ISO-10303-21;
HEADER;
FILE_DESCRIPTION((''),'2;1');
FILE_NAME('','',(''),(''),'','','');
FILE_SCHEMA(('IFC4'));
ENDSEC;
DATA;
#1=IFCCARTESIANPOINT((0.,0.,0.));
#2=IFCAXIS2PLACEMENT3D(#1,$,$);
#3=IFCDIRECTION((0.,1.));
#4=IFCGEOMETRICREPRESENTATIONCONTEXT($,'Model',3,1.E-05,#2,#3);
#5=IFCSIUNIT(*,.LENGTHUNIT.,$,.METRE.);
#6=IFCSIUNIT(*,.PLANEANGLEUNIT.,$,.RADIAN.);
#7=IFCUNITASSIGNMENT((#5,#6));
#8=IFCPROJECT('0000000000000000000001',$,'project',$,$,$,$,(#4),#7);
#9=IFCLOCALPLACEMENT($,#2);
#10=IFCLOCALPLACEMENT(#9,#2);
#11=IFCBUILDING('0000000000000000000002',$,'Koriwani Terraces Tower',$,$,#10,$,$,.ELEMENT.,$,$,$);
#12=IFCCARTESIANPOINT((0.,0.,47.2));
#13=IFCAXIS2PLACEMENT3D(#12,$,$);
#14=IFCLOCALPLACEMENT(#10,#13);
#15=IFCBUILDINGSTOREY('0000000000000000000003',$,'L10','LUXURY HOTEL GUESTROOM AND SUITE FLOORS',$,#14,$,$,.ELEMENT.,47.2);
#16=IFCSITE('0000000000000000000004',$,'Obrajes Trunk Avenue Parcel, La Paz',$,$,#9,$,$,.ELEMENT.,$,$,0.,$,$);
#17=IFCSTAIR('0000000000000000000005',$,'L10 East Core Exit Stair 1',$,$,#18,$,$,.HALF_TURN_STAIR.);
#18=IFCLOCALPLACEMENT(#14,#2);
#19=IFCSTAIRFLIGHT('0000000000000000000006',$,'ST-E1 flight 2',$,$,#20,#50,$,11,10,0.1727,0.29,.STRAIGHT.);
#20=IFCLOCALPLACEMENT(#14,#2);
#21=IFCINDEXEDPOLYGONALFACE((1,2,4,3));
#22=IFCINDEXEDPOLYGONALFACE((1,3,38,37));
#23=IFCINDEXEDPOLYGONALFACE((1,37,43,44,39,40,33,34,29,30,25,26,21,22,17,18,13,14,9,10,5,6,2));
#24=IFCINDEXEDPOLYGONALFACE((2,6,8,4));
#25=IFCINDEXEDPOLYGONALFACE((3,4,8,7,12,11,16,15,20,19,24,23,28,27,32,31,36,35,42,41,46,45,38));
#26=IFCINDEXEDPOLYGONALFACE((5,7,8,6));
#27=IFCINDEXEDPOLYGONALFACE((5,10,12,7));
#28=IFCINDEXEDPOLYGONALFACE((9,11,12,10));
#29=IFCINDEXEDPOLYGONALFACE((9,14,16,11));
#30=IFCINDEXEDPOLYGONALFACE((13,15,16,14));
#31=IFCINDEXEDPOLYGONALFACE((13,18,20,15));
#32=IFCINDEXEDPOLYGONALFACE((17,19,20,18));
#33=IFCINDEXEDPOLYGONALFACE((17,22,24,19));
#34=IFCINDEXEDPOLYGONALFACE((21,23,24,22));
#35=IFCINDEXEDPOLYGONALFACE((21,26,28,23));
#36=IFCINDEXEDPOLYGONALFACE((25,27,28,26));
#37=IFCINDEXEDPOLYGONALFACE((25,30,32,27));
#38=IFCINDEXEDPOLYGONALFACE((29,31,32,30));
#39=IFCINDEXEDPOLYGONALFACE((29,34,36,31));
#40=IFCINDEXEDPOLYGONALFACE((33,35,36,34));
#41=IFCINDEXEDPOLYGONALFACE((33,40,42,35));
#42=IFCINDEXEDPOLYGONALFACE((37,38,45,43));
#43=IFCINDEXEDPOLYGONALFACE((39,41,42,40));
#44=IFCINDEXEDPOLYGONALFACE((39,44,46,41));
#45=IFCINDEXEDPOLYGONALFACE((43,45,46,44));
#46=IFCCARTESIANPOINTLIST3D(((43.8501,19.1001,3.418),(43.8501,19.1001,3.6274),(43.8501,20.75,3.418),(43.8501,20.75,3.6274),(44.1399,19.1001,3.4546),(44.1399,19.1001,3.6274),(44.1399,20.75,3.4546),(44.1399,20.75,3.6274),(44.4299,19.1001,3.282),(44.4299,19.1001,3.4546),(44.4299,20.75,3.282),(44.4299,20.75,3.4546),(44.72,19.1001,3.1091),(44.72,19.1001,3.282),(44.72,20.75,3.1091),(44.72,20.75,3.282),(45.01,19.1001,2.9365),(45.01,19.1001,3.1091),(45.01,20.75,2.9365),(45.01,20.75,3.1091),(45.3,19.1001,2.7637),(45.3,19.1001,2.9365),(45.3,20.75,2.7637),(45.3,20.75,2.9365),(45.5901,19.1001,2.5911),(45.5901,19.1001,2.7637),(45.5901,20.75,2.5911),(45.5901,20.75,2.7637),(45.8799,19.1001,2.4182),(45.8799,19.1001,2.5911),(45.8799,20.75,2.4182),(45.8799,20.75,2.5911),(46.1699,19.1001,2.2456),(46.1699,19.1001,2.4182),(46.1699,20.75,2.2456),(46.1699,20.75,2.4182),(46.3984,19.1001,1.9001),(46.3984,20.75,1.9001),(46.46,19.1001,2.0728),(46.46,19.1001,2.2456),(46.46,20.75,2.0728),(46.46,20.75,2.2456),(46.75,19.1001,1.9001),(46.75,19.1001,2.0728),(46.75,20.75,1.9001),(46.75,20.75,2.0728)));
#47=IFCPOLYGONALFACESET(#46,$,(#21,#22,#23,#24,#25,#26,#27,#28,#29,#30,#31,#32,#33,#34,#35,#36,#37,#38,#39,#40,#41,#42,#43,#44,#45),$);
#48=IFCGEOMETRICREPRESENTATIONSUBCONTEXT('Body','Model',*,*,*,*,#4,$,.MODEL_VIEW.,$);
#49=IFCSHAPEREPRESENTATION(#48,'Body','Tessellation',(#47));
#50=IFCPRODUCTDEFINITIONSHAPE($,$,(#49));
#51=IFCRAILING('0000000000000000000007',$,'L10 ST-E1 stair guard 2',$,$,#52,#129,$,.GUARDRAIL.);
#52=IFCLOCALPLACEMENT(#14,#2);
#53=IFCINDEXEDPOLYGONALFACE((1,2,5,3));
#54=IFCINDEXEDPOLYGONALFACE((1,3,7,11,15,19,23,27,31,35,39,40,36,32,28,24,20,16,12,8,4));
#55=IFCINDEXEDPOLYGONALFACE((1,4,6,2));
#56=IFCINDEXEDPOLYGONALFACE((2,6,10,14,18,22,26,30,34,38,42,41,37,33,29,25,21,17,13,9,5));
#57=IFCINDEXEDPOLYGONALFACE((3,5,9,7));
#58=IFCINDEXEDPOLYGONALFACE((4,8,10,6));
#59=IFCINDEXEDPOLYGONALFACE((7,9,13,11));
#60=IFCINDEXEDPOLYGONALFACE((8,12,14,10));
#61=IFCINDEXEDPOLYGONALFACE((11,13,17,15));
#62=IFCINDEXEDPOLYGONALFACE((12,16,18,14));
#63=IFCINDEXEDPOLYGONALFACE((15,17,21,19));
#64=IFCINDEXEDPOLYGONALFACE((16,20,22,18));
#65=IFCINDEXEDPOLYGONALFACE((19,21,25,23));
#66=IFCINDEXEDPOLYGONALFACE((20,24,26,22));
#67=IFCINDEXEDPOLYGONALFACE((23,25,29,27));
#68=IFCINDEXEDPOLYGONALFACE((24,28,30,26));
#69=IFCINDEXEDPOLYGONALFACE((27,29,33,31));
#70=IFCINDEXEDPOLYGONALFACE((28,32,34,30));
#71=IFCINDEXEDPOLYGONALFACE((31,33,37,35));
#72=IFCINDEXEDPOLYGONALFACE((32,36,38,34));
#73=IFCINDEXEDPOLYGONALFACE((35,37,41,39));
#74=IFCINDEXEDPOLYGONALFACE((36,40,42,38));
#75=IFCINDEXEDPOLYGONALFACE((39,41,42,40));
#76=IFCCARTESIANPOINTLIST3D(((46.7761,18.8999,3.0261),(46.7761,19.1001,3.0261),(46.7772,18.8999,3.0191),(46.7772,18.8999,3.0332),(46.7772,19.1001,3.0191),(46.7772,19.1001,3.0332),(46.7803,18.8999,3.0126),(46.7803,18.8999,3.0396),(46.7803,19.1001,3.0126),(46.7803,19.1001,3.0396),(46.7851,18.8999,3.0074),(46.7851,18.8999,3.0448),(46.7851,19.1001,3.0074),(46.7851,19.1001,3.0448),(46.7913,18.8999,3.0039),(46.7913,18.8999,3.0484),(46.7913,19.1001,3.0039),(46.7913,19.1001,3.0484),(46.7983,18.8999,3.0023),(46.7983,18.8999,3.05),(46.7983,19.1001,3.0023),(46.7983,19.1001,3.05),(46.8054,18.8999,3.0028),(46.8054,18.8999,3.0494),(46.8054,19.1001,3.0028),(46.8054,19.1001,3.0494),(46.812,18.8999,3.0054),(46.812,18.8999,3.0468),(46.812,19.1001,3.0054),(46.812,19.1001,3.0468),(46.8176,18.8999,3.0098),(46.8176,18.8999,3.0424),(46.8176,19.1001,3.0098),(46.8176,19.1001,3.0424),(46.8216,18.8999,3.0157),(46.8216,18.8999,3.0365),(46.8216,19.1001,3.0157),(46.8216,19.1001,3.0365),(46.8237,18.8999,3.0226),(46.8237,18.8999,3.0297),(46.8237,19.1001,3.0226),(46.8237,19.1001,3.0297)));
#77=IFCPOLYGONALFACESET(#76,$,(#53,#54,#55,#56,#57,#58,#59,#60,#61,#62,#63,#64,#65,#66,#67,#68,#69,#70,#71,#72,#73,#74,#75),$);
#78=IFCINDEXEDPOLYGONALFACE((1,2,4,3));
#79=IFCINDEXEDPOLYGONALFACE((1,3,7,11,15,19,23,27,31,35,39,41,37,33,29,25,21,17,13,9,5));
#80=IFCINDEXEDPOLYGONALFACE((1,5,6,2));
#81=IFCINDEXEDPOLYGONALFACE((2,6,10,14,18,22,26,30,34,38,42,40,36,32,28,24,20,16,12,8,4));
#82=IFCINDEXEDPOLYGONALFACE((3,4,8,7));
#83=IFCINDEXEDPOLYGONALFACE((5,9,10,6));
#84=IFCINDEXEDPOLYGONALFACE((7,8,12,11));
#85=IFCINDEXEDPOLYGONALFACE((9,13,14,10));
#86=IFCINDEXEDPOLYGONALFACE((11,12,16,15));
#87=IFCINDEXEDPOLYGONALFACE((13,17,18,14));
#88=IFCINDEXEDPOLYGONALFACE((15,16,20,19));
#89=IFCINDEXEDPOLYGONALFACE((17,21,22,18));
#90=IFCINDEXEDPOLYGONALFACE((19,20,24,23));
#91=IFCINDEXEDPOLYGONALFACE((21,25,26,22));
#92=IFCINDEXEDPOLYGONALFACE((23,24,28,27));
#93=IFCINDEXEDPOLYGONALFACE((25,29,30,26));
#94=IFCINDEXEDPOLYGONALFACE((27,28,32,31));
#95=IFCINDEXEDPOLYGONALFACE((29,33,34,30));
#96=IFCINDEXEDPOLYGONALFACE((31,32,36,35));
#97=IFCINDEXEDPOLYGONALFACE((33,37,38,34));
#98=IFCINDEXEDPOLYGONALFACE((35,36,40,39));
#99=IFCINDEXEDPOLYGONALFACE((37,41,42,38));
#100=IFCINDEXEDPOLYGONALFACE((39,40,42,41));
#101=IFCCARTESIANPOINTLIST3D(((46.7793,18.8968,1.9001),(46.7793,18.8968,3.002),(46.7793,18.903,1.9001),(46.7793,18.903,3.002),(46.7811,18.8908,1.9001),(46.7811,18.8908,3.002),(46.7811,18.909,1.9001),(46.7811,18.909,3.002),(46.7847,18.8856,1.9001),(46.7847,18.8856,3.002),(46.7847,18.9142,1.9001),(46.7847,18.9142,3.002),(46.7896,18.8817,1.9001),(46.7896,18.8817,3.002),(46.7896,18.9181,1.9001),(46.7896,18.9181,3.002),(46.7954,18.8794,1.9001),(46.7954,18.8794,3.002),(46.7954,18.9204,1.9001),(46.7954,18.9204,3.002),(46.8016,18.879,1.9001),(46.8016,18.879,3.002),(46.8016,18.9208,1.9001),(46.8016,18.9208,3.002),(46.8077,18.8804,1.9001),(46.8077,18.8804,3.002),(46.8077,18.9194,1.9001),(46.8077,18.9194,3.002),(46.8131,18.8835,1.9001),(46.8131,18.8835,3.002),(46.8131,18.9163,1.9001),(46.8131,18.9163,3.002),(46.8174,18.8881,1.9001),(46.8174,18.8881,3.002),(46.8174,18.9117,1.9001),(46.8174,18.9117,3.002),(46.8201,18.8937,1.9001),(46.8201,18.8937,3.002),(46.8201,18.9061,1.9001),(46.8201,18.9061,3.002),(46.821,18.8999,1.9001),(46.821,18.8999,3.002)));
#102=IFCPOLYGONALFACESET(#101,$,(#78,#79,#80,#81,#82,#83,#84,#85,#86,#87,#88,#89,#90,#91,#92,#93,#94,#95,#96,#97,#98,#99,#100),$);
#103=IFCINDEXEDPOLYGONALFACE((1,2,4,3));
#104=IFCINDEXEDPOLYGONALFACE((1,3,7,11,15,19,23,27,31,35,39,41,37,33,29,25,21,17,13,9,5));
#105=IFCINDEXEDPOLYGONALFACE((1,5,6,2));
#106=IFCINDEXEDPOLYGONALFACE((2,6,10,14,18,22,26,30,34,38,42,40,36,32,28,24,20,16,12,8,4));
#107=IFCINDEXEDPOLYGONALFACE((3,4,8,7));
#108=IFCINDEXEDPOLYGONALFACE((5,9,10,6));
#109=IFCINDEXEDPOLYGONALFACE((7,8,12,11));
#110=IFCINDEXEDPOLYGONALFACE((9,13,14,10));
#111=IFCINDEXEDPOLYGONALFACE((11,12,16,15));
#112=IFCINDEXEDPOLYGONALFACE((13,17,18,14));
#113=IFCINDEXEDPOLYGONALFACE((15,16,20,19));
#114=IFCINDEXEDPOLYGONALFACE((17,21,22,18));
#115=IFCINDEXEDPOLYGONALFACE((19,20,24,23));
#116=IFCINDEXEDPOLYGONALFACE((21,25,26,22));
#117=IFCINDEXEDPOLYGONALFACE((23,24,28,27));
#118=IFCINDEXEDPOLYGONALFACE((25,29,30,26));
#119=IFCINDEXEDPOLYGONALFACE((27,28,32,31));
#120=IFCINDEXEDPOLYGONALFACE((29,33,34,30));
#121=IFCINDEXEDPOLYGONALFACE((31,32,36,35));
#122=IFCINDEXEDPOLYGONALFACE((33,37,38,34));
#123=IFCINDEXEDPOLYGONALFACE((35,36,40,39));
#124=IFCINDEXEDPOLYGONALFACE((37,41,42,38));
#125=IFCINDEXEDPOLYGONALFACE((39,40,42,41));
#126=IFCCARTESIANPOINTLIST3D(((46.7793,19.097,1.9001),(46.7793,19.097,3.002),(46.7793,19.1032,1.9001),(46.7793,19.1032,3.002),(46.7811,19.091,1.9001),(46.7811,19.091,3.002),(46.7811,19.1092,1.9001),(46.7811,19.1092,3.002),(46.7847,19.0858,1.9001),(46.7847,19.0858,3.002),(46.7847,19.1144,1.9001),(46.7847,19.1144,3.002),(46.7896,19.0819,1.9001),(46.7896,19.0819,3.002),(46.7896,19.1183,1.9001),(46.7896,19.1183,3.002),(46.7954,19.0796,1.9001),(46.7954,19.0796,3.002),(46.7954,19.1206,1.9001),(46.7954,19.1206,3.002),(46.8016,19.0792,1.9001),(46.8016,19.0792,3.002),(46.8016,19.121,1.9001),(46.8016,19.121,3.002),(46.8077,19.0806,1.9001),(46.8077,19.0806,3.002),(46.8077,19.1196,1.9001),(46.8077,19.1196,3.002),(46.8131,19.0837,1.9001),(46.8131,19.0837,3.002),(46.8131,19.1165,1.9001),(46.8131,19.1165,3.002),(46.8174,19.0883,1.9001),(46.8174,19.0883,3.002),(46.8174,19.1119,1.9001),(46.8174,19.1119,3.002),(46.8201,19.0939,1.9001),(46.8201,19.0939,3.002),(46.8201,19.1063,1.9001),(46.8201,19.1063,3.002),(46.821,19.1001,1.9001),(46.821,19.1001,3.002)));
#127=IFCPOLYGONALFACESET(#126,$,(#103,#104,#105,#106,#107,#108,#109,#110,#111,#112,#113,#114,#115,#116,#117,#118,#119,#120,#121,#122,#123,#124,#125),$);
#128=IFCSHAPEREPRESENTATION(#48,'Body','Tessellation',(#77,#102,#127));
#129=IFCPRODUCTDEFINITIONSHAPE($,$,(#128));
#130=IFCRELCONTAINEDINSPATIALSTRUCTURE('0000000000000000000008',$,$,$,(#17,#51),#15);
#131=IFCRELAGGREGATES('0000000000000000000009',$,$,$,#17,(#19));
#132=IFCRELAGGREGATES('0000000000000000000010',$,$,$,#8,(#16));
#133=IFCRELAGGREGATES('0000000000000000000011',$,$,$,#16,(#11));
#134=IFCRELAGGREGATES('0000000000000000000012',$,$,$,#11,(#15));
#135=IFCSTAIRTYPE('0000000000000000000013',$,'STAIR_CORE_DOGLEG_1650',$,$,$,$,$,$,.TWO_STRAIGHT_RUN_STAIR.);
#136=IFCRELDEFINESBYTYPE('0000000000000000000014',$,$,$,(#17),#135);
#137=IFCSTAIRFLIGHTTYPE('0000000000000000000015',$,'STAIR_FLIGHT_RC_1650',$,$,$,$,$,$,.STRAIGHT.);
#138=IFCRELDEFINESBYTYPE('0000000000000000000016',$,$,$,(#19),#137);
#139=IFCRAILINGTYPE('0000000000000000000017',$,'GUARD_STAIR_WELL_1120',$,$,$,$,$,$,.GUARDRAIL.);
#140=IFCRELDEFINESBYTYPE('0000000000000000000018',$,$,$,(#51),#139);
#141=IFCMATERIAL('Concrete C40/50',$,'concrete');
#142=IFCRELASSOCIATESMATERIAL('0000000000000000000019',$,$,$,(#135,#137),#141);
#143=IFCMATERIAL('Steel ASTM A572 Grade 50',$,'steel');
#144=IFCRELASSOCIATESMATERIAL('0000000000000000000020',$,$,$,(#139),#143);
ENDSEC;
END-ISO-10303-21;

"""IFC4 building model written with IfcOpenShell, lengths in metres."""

from ifc_helpers import new_model, si_unit, direction, frame, origin, origin_2d, place, context, subcontext, project, spatial, polyline, circle, outline, extrude, material, type_object, element, aggregate, save


model = new_model("IFC4")

# Units and contexts
model_context = context("Model", 3, precision=1e-05, world=origin(), true_north=direction((0.0, 1.0)))
body_context = subcontext(model_context, "Body", "Model", "MODEL_VIEW")
ifc_project = project(units=[si_unit("LENGTHUNIT", "METRE"), si_unit("PLANEANGLEUNIT", "RADIAN")], contexts=[model_context])

# Site, building, storey
site_placement = place(None, origin())
site = spatial("IfcSite", under=ifc_project, at=site_placement, Name="Obrajes Trunk Avenue Parcel, La Paz", CompositionType="ELEMENT", RefElevation=0.0)
building_placement = place(site_placement, origin())
building = spatial("IfcBuilding", under=site, at=building_placement, Name="Koriwani Terraces Tower", CompositionType="ELEMENT")
storey_placement = place(building_placement, frame((0.0, 0.0, 47.2)))
storey = spatial("IfcBuildingStorey", under=building, at=storey_placement, Name="L10", Description="LUXURY HOTEL GUESTROOM AND SUITE FLOORS", CompositionType="ELEMENT", Elevation=47.2)

# Shared definitions
ifc_material_1 = material(Name="Steel ASTM A572 Grade 50", Category="steel")

# Shared definitions
ifc_material_2 = material(Name="Concrete C40/50", Category="concrete")

# Stair, stair flight
stair_type = type_object("IfcStairType", Name="STAIR_CORE_DOGLEG_1650", PredefinedType="TWO_STRAIGHT_RUN_STAIR", material=ifc_material_2)
stair_placement = place(storey_placement, origin())
stair = element("IfcStair", 1, at=stair_placement, inside=storey, type_object=stair_type, Name="L10 East Core Exit Stair 1", PredefinedType="HALF_TURN_STAIR")
stair_flight_type = type_object("IfcStairFlightType", Name="STAIR_FLIGHT_RC_1650", PredefinedType="STRAIGHT", material=ifc_material_2)
stair_flight_placement = place(storey_placement, frame((46.75, 19.925, 1.9001), z_axis=(0.0, 0.0, 1.0), x_axis=(-1.0, 0.0, 0.0)))
stair_flight = element("IfcStairFlight", 2, at=stair_flight_placement, type_object=stair_flight_type, Name="ST-E1 flight 2", NumberOfRisers=11, NumberOfTreads=10, PredefinedType="STRAIGHT", RiserHeight=0.1727, TreadLength=0.29, context=body_context, shape_type="SweptSolid", body=[
    extrude(outline(polyline([(0.0, 0.0), (0.0, 0.1726), (0.29, 0.1726), (0.29, 0.3455), (0.5801, 0.3455), (0.5801, 0.5181), (0.8701, 0.5181), (0.8701, 0.6909), (1.1599, 0.6909), (1.1599, 0.8635), (1.45, 0.8635), (1.45, 1.0364), (1.74, 1.0364), (1.74, 1.209), (2.03, 1.209), (2.03, 1.3818), (2.3201, 1.3818), (2.3201, 1.5544), (2.6101, 1.5544), (2.6101, 1.7273), (2.8999, 1.7273), (2.8999, 1.8999), (2.8999, 1.5178), (0.3516, 0.0), (0.0, 0.0)])), frame((0.0, 0.825, 0.0), z_axis=(0.0, -1.0, 0.0), x_axis=(1.0, 0.0, 0.0)), (0.0, 0.0, 1.0), 1.6499),
])
aggregate(stair, [stair_flight])

# Railing
railing_type_1 = type_object("IfcRailingType", Name="GUARD_STAIR_WELL_1120", PredefinedType="GUARDRAIL", material=ifc_material_1)
railing_1_placement = place(storey_placement, frame((46.8, 18.8999, 1.9001)))
element("IfcRailing", 3, at=railing_1_placement, inside=storey, type_object=railing_type_1, Name="L10 ST-E1 stair guard 2", PredefinedType="GUARDRAIL", context=body_context, shape_type="SweptSolid", body=[
    extrude(circle(Radius=0.0239, at=origin_2d()), frame((0.0, 0.0, 1.126), z_axis=(0.0, 1.0, 0.0), x_axis=(-1.0, 0.0, 0.0)), (0.0, 0.0, 1.0), 0.2002),
    extrude(circle(Radius=0.021, at=origin_2d()), origin(), (0.0, 0.0, 1.0), 1.1018),
    extrude(circle(Radius=0.021, at=origin_2d()), frame((0.0, 0.2002, 0.0)), (0.0, 0.0, 1.0), 1.1018),
])

save(model, "model.ifc")
